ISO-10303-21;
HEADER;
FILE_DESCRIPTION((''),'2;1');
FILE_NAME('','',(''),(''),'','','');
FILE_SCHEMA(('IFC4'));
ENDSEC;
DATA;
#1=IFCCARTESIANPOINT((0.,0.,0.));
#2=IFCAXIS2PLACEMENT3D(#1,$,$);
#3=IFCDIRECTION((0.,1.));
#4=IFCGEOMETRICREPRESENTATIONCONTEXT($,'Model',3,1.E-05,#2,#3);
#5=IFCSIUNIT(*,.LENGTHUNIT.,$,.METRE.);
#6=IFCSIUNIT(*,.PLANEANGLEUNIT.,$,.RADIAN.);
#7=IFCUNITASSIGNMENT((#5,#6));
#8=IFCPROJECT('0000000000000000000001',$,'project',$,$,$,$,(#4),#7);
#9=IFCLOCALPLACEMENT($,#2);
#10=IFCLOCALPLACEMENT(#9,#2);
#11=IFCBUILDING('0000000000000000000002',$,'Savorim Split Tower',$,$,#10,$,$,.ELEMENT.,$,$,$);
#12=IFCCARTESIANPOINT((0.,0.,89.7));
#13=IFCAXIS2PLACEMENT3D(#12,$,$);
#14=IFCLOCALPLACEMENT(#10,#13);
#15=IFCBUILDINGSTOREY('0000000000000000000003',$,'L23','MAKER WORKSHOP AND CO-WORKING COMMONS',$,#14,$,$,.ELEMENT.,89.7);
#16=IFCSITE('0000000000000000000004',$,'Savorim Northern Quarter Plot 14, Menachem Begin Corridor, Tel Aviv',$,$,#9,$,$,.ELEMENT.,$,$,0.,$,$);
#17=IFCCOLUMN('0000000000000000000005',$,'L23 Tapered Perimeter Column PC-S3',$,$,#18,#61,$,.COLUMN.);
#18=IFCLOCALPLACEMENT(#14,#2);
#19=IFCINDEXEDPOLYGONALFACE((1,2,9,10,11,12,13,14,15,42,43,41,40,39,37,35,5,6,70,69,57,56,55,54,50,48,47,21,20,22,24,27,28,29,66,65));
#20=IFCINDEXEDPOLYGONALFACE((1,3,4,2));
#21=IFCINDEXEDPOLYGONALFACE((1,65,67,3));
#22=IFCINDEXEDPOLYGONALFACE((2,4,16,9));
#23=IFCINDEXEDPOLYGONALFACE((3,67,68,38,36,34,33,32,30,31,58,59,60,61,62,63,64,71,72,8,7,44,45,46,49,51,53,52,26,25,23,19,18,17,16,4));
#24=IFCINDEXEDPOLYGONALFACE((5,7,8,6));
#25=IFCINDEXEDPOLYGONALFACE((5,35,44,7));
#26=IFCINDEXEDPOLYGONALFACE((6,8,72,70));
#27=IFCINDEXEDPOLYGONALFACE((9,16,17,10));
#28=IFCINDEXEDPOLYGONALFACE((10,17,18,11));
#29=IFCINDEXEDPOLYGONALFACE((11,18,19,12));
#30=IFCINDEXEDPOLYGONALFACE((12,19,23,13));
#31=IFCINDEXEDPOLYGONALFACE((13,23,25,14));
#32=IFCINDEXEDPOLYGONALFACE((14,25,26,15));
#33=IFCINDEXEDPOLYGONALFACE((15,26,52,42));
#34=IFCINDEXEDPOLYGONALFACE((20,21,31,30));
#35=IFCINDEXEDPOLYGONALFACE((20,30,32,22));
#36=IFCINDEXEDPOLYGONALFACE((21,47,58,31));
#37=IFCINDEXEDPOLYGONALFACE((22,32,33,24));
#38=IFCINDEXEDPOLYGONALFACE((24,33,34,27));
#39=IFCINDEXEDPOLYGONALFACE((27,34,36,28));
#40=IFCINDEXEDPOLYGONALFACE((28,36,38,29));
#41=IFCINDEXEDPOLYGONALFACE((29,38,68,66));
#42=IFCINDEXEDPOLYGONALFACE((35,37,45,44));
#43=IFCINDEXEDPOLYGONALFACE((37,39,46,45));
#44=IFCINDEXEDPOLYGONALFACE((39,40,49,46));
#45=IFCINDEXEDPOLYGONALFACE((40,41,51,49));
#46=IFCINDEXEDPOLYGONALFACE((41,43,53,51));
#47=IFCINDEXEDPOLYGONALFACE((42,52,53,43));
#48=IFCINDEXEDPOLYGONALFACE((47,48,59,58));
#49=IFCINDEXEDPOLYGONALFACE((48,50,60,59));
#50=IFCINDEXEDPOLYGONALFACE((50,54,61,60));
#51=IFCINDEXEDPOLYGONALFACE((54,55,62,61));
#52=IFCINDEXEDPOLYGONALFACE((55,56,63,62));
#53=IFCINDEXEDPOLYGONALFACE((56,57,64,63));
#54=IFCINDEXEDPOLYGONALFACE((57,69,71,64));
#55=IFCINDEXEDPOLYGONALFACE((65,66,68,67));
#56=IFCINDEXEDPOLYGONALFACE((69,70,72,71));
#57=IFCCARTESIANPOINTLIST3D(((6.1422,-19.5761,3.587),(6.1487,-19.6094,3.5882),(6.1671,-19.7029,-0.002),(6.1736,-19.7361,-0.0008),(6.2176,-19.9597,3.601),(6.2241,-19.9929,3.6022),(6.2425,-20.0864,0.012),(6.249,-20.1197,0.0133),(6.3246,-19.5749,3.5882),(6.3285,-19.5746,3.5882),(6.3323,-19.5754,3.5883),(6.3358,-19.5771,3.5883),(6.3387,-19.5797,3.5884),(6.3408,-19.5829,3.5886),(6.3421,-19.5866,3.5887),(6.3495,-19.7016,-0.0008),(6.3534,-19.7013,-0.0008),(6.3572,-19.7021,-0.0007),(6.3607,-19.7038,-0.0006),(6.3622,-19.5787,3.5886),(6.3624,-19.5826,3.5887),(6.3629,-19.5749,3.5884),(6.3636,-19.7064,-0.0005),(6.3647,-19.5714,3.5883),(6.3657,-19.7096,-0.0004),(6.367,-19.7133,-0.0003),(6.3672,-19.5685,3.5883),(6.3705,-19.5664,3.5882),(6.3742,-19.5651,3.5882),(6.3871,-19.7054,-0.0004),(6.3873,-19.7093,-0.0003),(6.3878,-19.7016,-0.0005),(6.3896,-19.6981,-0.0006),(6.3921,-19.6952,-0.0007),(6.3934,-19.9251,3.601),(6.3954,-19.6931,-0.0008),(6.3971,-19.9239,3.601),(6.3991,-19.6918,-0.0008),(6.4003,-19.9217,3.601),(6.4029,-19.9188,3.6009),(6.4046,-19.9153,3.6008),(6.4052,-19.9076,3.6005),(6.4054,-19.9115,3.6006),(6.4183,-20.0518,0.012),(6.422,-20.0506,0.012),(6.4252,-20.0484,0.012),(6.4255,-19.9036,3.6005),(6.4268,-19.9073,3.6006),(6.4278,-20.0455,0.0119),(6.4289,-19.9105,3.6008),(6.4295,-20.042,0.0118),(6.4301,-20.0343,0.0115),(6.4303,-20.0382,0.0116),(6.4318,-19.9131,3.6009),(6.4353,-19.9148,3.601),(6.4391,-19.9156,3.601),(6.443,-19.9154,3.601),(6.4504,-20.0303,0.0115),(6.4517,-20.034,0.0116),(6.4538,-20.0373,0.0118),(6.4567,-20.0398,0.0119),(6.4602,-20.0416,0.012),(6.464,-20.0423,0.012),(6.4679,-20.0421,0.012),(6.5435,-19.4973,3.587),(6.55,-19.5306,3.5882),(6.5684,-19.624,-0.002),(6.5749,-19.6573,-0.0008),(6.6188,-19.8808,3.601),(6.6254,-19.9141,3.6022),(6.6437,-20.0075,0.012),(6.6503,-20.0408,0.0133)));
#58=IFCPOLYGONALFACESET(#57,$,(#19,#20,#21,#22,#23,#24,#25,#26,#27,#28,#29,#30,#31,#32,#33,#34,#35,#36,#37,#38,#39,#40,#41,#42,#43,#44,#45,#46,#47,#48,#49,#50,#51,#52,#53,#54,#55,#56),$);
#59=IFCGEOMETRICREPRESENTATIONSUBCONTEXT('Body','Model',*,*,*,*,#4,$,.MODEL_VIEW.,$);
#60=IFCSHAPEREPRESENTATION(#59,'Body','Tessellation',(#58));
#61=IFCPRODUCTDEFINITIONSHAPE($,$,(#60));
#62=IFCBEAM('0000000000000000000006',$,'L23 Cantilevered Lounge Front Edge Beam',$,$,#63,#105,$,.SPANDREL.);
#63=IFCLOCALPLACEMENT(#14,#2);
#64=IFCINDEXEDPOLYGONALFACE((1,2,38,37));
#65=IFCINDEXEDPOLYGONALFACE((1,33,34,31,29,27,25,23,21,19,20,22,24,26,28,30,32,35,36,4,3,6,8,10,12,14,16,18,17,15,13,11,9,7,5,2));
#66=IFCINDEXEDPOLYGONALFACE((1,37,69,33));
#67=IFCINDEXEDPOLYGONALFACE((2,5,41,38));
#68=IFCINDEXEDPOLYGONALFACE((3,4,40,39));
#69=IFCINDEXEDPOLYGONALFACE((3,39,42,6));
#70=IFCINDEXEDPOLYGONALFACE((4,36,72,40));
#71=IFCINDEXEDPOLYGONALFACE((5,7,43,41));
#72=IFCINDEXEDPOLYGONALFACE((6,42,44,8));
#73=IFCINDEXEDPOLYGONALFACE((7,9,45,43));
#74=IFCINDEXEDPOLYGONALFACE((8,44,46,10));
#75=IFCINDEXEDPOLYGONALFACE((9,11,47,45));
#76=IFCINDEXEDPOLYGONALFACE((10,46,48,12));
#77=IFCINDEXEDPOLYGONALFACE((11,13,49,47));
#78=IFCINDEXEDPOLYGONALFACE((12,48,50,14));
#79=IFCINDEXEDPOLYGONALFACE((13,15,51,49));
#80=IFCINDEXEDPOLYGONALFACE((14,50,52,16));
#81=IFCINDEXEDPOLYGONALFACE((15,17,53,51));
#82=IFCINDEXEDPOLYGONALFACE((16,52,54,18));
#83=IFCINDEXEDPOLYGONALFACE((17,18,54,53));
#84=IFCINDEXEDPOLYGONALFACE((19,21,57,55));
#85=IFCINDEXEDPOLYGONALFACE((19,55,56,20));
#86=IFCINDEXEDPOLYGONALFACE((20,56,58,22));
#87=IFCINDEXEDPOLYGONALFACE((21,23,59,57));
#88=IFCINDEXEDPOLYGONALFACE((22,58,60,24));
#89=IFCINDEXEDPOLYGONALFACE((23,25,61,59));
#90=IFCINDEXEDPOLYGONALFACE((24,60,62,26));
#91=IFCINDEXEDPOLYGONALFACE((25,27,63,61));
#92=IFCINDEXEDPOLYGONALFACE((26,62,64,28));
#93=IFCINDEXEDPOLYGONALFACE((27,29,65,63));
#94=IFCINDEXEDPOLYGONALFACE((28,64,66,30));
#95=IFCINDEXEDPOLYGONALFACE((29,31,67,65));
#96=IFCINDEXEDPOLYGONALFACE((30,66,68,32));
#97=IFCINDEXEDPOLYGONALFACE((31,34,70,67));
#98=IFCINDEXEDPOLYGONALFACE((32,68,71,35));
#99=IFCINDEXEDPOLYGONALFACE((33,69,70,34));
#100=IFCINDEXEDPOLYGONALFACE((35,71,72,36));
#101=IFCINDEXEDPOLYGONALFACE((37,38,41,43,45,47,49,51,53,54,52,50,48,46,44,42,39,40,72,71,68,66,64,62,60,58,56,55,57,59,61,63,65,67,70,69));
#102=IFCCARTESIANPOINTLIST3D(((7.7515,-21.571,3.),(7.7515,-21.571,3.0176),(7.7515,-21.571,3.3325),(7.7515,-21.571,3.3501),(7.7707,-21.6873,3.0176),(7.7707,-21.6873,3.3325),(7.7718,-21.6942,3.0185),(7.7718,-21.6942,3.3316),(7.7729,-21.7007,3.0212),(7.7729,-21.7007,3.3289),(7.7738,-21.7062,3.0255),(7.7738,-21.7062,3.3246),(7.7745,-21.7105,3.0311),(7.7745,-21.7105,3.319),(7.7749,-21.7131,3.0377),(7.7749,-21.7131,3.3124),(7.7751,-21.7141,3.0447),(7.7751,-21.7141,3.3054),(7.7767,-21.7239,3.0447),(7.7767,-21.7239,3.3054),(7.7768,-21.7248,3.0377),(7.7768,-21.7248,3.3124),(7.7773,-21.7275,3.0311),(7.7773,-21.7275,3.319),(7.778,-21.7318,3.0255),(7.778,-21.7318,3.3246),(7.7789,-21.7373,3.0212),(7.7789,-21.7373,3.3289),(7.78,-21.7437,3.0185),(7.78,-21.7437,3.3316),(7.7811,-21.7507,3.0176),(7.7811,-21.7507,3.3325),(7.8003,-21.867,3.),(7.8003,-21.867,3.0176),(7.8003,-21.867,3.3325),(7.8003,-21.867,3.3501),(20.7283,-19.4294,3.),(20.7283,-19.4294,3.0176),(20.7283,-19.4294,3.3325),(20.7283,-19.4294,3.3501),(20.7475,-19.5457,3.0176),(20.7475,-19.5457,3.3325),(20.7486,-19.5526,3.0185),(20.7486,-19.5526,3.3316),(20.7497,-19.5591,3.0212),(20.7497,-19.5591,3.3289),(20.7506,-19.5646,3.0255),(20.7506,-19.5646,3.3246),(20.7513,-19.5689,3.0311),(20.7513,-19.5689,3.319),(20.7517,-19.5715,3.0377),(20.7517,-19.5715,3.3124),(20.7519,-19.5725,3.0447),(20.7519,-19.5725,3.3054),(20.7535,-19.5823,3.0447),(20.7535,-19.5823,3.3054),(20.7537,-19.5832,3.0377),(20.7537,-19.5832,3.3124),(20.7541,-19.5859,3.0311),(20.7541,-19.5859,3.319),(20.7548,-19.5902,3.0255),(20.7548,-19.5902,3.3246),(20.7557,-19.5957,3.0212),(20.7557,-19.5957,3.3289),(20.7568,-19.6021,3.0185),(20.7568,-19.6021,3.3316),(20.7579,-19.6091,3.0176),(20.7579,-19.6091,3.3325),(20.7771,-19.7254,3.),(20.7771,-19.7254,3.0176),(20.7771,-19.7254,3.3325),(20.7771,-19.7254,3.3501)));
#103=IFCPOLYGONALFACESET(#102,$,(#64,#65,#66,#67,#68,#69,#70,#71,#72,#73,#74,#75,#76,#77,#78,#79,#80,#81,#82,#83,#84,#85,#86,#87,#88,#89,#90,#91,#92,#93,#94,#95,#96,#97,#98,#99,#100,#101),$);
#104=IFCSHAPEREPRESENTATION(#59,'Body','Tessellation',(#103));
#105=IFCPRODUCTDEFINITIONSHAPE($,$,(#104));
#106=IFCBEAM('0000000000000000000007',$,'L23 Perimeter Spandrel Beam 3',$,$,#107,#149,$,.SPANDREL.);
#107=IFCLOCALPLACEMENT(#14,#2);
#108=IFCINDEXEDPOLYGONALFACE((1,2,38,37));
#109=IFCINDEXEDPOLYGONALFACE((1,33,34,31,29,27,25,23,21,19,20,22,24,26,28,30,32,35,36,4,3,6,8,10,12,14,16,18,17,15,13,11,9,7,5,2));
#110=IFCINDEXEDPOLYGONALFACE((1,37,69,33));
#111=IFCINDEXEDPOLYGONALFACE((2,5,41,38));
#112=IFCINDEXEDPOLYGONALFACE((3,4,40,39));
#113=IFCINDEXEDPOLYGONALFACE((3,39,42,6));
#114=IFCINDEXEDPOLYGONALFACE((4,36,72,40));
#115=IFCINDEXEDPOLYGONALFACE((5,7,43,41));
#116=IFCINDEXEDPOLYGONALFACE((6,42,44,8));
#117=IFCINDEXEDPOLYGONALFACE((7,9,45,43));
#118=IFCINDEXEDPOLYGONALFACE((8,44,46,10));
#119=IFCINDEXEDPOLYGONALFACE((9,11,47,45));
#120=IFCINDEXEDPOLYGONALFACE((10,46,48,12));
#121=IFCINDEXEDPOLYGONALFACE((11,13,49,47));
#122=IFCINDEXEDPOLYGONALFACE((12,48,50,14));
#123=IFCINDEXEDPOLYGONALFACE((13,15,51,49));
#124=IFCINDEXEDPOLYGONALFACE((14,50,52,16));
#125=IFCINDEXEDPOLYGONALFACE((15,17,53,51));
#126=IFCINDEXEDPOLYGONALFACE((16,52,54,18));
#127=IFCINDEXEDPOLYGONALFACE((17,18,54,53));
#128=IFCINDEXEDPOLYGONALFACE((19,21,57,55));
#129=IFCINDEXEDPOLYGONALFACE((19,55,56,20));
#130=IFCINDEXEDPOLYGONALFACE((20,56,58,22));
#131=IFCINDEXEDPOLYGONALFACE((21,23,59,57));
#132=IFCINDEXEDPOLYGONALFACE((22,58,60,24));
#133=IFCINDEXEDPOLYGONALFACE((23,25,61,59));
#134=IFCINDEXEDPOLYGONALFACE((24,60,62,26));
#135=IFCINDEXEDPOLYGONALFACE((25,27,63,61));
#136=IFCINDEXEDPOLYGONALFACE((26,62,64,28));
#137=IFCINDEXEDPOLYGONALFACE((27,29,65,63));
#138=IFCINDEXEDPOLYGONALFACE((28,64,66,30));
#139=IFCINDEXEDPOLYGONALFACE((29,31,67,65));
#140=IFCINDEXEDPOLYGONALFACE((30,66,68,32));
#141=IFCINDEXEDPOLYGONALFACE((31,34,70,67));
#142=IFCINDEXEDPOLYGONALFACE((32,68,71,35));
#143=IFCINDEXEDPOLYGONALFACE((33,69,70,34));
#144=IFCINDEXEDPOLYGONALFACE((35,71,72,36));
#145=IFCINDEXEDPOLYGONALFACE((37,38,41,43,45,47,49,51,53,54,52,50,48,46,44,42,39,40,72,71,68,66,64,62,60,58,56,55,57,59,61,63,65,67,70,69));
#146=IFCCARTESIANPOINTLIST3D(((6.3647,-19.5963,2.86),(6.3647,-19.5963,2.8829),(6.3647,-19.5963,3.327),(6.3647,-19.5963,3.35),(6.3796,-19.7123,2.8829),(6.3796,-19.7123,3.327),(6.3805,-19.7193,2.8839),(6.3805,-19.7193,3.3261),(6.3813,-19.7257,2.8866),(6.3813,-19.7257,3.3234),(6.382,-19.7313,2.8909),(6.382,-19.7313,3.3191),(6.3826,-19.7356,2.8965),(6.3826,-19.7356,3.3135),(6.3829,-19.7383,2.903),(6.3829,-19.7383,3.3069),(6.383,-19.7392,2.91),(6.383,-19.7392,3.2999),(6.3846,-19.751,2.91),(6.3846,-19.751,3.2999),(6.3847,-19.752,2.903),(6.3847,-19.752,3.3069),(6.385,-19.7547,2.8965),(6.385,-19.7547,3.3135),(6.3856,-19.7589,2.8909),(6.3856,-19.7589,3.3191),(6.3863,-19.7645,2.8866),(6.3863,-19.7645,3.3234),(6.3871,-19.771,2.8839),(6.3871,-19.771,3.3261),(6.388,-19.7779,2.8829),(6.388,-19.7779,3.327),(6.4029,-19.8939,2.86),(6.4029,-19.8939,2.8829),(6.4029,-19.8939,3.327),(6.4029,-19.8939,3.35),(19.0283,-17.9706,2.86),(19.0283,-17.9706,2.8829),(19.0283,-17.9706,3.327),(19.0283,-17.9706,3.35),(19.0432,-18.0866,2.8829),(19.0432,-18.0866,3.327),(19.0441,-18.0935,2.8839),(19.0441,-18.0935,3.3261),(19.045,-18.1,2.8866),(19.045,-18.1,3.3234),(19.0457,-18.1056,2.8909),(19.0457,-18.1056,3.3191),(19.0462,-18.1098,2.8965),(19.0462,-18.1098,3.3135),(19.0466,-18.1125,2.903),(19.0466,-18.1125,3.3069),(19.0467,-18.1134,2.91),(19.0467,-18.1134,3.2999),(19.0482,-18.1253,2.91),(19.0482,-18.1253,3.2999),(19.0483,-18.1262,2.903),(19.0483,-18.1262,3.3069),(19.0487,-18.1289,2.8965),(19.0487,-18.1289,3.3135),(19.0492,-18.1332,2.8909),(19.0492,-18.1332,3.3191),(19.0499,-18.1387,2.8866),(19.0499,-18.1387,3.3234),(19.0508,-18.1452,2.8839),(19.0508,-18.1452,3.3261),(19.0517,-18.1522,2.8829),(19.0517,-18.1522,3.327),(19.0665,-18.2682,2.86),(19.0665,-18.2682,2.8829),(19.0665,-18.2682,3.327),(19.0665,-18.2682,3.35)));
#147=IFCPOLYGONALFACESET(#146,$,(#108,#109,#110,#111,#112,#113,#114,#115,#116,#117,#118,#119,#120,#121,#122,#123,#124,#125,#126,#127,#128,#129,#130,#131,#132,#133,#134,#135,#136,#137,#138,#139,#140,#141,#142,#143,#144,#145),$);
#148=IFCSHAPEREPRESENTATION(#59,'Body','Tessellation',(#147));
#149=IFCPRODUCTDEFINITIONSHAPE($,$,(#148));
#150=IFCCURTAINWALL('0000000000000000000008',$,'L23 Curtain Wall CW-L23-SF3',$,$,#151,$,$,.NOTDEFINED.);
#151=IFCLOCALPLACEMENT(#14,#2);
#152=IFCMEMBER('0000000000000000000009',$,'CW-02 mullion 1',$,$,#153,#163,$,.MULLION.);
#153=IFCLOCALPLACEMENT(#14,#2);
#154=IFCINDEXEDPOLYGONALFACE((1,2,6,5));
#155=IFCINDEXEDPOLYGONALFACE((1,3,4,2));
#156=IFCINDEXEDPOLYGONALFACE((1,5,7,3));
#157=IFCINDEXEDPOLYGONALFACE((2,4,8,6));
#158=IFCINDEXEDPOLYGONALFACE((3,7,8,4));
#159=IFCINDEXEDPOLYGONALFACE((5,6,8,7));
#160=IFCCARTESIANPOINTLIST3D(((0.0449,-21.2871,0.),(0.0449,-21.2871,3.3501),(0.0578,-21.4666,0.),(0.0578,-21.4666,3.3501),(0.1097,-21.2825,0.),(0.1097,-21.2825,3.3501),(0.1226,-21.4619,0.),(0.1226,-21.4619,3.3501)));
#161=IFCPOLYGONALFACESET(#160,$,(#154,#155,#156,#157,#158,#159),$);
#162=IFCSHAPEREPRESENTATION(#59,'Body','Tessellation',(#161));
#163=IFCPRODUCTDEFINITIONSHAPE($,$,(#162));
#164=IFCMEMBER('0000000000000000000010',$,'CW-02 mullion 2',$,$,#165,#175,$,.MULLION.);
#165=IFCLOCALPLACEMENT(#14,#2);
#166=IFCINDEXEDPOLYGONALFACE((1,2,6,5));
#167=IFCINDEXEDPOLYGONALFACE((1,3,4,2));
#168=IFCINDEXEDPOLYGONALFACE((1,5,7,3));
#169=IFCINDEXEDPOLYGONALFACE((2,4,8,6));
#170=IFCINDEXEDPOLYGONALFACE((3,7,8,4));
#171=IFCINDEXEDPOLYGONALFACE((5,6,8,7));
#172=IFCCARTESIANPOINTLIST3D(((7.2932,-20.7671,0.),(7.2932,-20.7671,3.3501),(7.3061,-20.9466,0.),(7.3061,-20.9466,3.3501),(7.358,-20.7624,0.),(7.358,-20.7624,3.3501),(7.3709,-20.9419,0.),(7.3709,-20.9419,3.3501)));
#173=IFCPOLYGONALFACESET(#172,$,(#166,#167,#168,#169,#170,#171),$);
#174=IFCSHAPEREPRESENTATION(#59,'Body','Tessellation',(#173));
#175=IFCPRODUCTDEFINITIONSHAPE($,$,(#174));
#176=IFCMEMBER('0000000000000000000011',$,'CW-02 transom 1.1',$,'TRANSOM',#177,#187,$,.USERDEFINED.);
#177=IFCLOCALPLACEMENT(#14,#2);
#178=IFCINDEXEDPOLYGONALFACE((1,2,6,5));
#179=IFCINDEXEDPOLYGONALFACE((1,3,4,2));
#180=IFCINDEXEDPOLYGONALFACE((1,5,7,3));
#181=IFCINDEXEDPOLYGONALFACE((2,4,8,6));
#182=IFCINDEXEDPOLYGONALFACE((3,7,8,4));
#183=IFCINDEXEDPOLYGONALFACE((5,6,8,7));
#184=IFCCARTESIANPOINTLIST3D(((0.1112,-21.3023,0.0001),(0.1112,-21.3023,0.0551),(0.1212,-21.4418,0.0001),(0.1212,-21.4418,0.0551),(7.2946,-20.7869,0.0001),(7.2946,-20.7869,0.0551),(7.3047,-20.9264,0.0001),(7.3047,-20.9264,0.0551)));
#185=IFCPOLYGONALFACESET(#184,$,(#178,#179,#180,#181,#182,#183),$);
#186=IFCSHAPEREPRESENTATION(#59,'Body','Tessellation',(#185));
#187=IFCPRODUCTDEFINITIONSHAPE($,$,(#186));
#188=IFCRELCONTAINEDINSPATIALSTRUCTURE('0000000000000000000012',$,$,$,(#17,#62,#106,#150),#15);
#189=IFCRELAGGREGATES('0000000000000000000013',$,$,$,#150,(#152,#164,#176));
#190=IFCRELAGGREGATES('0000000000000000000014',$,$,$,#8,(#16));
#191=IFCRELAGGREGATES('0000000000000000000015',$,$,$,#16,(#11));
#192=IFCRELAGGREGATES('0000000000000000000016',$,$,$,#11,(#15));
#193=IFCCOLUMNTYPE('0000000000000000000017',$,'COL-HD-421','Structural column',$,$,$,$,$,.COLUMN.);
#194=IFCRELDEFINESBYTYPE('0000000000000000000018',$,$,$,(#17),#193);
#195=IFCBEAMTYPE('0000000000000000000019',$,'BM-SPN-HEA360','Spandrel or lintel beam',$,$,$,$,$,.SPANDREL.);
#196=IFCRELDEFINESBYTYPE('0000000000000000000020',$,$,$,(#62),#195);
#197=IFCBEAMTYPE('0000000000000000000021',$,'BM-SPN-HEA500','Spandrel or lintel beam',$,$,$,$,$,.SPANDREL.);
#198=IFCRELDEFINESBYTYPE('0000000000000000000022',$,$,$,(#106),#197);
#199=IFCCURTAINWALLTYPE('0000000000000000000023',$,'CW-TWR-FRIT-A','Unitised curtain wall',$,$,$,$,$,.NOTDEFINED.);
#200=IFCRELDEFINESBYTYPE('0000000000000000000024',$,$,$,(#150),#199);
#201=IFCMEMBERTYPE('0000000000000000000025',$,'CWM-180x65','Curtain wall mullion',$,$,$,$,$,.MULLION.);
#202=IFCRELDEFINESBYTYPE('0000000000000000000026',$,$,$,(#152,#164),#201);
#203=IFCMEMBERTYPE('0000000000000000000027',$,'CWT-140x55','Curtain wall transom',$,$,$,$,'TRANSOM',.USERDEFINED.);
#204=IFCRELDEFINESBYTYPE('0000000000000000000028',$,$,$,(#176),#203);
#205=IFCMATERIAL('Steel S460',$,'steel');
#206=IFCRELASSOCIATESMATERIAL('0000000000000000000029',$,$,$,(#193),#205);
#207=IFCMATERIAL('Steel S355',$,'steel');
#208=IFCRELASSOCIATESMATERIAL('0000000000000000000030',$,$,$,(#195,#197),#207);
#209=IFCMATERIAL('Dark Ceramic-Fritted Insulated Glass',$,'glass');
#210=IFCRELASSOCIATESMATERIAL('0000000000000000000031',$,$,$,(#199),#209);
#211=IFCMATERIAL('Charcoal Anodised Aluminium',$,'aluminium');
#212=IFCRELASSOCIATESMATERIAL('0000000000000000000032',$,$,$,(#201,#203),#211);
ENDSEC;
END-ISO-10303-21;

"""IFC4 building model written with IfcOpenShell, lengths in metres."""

from ifc_helpers import new_model, si_unit, direction, frame, origin, origin_2d, place, context, subcontext, project, spatial, rectangle, i_section, extrude, material, material_profile, profile_set, type_object, element, aggregate, save


model = new_model("IFC4")

# Units and contexts
model_context = context("Model", 3, precision=1e-05, world=origin(), true_north=direction((0.0, 1.0)))
body_context = subcontext(model_context, "Body", "Model", "MODEL_VIEW")
ifc_project = project(units=[si_unit("LENGTHUNIT", "METRE"), si_unit("PLANEANGLEUNIT", "RADIAN")], contexts=[model_context])

# Site, building, storey
site_placement = place(None, origin())
site = spatial("IfcSite", under=ifc_project, at=site_placement, Name="Savorim Northern Quarter Plot 14, Menachem Begin Corridor, Tel Aviv", CompositionType="ELEMENT", RefElevation=0.0)
building_placement = place(site_placement, origin())
building = spatial("IfcBuilding", under=site, at=building_placement, Name="Savorim Split Tower", CompositionType="ELEMENT")
storey_placement = place(building_placement, frame((0.0, 0.0, 89.7)))
storey = spatial("IfcBuildingStorey", under=building, at=storey_placement, Name="L23", Description="MAKER WORKSHOP AND CO-WORKING COMMONS", CompositionType="ELEMENT", Elevation=89.7)

# Column
ifc_material_1 = material(Name="Steel S460", Category="steel")
ifc_material_profile_1 = material_profile(ifc_material_1, i_section(OverallWidth=0.4089, OverallDepth=0.425, WebThickness=0.0208, FlangeThickness=0.0339, FilletRadius=0.0149, at=origin_2d()), Name="HD 400x421")
ifc_profile_set_1 = profile_set([ifc_material_profile_1], Name="Steel S460")
column_type = type_object("IfcColumnType", Name="COL-HD-421", Description="Structural column", PredefinedType="COLUMN", material=ifc_profile_set_1)
column_placement = place(storey_placement, frame((6.4087, -19.8718, 0.0056), z_axis=(-0.006934, 0.035283, 0.999353), x_axis=(-0.98123, -0.192843, 0.0)))
element("IfcColumn", 1, at=column_placement, inside=storey, type_object=column_type, Name="L23 Tapered Perimeter Column PC-S3", PredefinedType="COLUMN", context=body_context, shape_type="SweptSolid", body=[
    extrude(i_section(OverallWidth=0.4089, OverallDepth=0.425, WebThickness=0.0208, FlangeThickness=0.0339, FilletRadius=0.0149, at=origin_2d()), origin(), (0.0, 0.0, 1.0), 3.5913),
])

# Beams
ifc_material_2 = material(Name="Steel S355", Category="steel")
ifc_material_profile_2 = material_profile(ifc_material_2, i_section(OverallWidth=0.3, OverallDepth=0.3501, WebThickness=0.01, FlangeThickness=0.0176, FilletRadius=0.0271, at=origin_2d()), Name="HEA 360")
ifc_profile_set_2 = profile_set([ifc_material_profile_2], Name="Steel S355")
beam_type_1 = type_object("IfcBeamType", Name="BM-SPN-HEA360", Description="Spandrel or lintel beam", PredefinedType="SPANDREL", material=ifc_profile_set_2)
beam_1_placement = place(storey_placement, frame((7.7759, -21.719, 3.175), z_axis=(0.986654, 0.16283, 0.0), x_axis=(-0.16283, 0.986654, 0.0)))
element("IfcBeam", 2, at=beam_1_placement, inside=storey, type_object=beam_type_1, Name="L23 Cantilevered Lounge Front Edge Beam", PredefinedType="SPANDREL", context=body_context, shape_type="SweptSolid", body=[
    extrude(i_section(OverallWidth=0.3, OverallDepth=0.3501, WebThickness=0.01, FlangeThickness=0.0176, FilletRadius=0.0271, at=origin_2d()), origin(), (0.0, 0.0, 1.0), 13.1523),
])
ifc_material_profile_3 = material_profile(ifc_material_2, i_section(OverallWidth=0.3, OverallDepth=0.49, WebThickness=0.012, FlangeThickness=0.0229, FilletRadius=0.0271, at=origin_2d()), Name="HEA 500")
ifc_profile_set_3 = profile_set([ifc_material_profile_3], Name="Steel S355")
beam_type_2 = type_object("IfcBeamType", Name="BM-SPN-HEA500", Description="Spandrel or lintel beam", PredefinedType="SPANDREL", material=ifc_profile_set_3)
beam_2_placement = place(storey_placement, frame((6.3838, -19.7451, 3.105), z_axis=(0.99186, 0.127334, 0.0), x_axis=(-0.127334, 0.99186, 0.0)))
element("IfcBeam", 3, at=beam_2_placement, inside=storey, type_object=beam_type_2, Name="L23 Perimeter Spandrel Beam 3", PredefinedType="SPANDREL", context=body_context, shape_type="SweptSolid", body=[
    extrude(i_section(OverallWidth=0.3, OverallDepth=0.49, WebThickness=0.012, FlangeThickness=0.0229, FilletRadius=0.0271, at=origin_2d()), origin(), (0.0, 0.0, 1.0), 12.7676),
])

# Curtain wall, members
ifc_material_3 = material(Name="Dark Ceramic-Fritted Insulated Glass", Category="glass")
curtain_wall_type = type_object("IfcCurtainWallType", Name="CW-TWR-FRIT-A", Description="Unitised curtain wall", PredefinedType="NOTDEFINED", material=ifc_material_3)
curtain_wall_placement = place(storey_placement, origin())
curtain_wall = element("IfcCurtainWall", 4, at=curtain_wall_placement, inside=storey, type_object=curtain_wall_type, Name="L23 Curtain Wall CW-L23-SF3", PredefinedType="NOTDEFINED")
ifc_material_4 = material(Name="Charcoal Anodised Aluminium", Category="aluminium")
ifc_material_profile_4 = material_profile(ifc_material_4, rectangle(XDim=0.1799, YDim=0.0649, at=origin_2d()), Name="ALU-M 180x65")
ifc_profile_set_4 = profile_set([ifc_material_profile_4], Name="Charcoal Anodised Aluminium")
member_type_1 = type_object("IfcMemberType", Name="CWM-180x65", Description="Curtain wall mullion", PredefinedType="MULLION", material=ifc_profile_set_4)
member_1_placement = place(storey_placement, frame((0.0837, -21.3745, 0.0), z_axis=(0.0, 0.0, 1.0), x_axis=(-0.071561, 0.997436, 0.0)))
member_1 = element("IfcMember", 5, at=member_1_placement, type_object=member_type_1, Name="CW-02 mullion 1", PredefinedType="MULLION", context=body_context, shape_type="SweptSolid", body=[
    extrude(rectangle(XDim=0.1799, YDim=0.0649, at=origin_2d()), origin(), (0.0, 0.0, 1.0), 3.3501),
])
member_2_placement = place(storey_placement, frame((7.332, -20.8545, 0.0), z_axis=(0.0, 0.0, 1.0), x_axis=(-0.071561, 0.997436, 0.0)))
member_2 = element("IfcMember", 6, at=member_2_placement, type_object=member_type_1, Name="CW-02 mullion 2", PredefinedType="MULLION", context=body_context, shape_type="SweptSolid", body=[
    extrude(rectangle(XDim=0.1799, YDim=0.0649, at=origin_2d()), origin(), (0.0, 0.0, 1.0), 3.3501),
])
ifc_material_profile_5 = material_profile(ifc_material_4, rectangle(XDim=0.1399, YDim=0.0549, at=origin_2d()), Name="ALU-T 140x55")
ifc_profile_set_5 = profile_set([ifc_material_profile_5], Name="Charcoal Anodised Aluminium")
member_type_2 = type_object("IfcMemberType", Name="CWT-140x55", Description="Curtain wall transom", ElementType="TRANSOM", PredefinedType="USERDEFINED", material=ifc_profile_set_5)
member_3_placement = place(storey_placement, frame((0.1162, -21.3721, 0.0276), z_axis=(0.997436, 0.071563, 0.0), x_axis=(-0.071563, 0.997436, 0.0)))
member_3 = element("IfcMember", 7, at=member_3_placement, type_object=member_type_2, Name="CW-02 transom 1.1", ObjectType="TRANSOM", PredefinedType="USERDEFINED", context=body_context, shape_type="SweptSolid", body=[
    extrude(rectangle(XDim=0.1399, YDim=0.0549, at=origin_2d()), origin(), (0.0, 0.0, 1.0), 7.2019),
])

aggregate(curtain_wall, [member_1, member_2, member_3])

save(model, "model.ifc")
